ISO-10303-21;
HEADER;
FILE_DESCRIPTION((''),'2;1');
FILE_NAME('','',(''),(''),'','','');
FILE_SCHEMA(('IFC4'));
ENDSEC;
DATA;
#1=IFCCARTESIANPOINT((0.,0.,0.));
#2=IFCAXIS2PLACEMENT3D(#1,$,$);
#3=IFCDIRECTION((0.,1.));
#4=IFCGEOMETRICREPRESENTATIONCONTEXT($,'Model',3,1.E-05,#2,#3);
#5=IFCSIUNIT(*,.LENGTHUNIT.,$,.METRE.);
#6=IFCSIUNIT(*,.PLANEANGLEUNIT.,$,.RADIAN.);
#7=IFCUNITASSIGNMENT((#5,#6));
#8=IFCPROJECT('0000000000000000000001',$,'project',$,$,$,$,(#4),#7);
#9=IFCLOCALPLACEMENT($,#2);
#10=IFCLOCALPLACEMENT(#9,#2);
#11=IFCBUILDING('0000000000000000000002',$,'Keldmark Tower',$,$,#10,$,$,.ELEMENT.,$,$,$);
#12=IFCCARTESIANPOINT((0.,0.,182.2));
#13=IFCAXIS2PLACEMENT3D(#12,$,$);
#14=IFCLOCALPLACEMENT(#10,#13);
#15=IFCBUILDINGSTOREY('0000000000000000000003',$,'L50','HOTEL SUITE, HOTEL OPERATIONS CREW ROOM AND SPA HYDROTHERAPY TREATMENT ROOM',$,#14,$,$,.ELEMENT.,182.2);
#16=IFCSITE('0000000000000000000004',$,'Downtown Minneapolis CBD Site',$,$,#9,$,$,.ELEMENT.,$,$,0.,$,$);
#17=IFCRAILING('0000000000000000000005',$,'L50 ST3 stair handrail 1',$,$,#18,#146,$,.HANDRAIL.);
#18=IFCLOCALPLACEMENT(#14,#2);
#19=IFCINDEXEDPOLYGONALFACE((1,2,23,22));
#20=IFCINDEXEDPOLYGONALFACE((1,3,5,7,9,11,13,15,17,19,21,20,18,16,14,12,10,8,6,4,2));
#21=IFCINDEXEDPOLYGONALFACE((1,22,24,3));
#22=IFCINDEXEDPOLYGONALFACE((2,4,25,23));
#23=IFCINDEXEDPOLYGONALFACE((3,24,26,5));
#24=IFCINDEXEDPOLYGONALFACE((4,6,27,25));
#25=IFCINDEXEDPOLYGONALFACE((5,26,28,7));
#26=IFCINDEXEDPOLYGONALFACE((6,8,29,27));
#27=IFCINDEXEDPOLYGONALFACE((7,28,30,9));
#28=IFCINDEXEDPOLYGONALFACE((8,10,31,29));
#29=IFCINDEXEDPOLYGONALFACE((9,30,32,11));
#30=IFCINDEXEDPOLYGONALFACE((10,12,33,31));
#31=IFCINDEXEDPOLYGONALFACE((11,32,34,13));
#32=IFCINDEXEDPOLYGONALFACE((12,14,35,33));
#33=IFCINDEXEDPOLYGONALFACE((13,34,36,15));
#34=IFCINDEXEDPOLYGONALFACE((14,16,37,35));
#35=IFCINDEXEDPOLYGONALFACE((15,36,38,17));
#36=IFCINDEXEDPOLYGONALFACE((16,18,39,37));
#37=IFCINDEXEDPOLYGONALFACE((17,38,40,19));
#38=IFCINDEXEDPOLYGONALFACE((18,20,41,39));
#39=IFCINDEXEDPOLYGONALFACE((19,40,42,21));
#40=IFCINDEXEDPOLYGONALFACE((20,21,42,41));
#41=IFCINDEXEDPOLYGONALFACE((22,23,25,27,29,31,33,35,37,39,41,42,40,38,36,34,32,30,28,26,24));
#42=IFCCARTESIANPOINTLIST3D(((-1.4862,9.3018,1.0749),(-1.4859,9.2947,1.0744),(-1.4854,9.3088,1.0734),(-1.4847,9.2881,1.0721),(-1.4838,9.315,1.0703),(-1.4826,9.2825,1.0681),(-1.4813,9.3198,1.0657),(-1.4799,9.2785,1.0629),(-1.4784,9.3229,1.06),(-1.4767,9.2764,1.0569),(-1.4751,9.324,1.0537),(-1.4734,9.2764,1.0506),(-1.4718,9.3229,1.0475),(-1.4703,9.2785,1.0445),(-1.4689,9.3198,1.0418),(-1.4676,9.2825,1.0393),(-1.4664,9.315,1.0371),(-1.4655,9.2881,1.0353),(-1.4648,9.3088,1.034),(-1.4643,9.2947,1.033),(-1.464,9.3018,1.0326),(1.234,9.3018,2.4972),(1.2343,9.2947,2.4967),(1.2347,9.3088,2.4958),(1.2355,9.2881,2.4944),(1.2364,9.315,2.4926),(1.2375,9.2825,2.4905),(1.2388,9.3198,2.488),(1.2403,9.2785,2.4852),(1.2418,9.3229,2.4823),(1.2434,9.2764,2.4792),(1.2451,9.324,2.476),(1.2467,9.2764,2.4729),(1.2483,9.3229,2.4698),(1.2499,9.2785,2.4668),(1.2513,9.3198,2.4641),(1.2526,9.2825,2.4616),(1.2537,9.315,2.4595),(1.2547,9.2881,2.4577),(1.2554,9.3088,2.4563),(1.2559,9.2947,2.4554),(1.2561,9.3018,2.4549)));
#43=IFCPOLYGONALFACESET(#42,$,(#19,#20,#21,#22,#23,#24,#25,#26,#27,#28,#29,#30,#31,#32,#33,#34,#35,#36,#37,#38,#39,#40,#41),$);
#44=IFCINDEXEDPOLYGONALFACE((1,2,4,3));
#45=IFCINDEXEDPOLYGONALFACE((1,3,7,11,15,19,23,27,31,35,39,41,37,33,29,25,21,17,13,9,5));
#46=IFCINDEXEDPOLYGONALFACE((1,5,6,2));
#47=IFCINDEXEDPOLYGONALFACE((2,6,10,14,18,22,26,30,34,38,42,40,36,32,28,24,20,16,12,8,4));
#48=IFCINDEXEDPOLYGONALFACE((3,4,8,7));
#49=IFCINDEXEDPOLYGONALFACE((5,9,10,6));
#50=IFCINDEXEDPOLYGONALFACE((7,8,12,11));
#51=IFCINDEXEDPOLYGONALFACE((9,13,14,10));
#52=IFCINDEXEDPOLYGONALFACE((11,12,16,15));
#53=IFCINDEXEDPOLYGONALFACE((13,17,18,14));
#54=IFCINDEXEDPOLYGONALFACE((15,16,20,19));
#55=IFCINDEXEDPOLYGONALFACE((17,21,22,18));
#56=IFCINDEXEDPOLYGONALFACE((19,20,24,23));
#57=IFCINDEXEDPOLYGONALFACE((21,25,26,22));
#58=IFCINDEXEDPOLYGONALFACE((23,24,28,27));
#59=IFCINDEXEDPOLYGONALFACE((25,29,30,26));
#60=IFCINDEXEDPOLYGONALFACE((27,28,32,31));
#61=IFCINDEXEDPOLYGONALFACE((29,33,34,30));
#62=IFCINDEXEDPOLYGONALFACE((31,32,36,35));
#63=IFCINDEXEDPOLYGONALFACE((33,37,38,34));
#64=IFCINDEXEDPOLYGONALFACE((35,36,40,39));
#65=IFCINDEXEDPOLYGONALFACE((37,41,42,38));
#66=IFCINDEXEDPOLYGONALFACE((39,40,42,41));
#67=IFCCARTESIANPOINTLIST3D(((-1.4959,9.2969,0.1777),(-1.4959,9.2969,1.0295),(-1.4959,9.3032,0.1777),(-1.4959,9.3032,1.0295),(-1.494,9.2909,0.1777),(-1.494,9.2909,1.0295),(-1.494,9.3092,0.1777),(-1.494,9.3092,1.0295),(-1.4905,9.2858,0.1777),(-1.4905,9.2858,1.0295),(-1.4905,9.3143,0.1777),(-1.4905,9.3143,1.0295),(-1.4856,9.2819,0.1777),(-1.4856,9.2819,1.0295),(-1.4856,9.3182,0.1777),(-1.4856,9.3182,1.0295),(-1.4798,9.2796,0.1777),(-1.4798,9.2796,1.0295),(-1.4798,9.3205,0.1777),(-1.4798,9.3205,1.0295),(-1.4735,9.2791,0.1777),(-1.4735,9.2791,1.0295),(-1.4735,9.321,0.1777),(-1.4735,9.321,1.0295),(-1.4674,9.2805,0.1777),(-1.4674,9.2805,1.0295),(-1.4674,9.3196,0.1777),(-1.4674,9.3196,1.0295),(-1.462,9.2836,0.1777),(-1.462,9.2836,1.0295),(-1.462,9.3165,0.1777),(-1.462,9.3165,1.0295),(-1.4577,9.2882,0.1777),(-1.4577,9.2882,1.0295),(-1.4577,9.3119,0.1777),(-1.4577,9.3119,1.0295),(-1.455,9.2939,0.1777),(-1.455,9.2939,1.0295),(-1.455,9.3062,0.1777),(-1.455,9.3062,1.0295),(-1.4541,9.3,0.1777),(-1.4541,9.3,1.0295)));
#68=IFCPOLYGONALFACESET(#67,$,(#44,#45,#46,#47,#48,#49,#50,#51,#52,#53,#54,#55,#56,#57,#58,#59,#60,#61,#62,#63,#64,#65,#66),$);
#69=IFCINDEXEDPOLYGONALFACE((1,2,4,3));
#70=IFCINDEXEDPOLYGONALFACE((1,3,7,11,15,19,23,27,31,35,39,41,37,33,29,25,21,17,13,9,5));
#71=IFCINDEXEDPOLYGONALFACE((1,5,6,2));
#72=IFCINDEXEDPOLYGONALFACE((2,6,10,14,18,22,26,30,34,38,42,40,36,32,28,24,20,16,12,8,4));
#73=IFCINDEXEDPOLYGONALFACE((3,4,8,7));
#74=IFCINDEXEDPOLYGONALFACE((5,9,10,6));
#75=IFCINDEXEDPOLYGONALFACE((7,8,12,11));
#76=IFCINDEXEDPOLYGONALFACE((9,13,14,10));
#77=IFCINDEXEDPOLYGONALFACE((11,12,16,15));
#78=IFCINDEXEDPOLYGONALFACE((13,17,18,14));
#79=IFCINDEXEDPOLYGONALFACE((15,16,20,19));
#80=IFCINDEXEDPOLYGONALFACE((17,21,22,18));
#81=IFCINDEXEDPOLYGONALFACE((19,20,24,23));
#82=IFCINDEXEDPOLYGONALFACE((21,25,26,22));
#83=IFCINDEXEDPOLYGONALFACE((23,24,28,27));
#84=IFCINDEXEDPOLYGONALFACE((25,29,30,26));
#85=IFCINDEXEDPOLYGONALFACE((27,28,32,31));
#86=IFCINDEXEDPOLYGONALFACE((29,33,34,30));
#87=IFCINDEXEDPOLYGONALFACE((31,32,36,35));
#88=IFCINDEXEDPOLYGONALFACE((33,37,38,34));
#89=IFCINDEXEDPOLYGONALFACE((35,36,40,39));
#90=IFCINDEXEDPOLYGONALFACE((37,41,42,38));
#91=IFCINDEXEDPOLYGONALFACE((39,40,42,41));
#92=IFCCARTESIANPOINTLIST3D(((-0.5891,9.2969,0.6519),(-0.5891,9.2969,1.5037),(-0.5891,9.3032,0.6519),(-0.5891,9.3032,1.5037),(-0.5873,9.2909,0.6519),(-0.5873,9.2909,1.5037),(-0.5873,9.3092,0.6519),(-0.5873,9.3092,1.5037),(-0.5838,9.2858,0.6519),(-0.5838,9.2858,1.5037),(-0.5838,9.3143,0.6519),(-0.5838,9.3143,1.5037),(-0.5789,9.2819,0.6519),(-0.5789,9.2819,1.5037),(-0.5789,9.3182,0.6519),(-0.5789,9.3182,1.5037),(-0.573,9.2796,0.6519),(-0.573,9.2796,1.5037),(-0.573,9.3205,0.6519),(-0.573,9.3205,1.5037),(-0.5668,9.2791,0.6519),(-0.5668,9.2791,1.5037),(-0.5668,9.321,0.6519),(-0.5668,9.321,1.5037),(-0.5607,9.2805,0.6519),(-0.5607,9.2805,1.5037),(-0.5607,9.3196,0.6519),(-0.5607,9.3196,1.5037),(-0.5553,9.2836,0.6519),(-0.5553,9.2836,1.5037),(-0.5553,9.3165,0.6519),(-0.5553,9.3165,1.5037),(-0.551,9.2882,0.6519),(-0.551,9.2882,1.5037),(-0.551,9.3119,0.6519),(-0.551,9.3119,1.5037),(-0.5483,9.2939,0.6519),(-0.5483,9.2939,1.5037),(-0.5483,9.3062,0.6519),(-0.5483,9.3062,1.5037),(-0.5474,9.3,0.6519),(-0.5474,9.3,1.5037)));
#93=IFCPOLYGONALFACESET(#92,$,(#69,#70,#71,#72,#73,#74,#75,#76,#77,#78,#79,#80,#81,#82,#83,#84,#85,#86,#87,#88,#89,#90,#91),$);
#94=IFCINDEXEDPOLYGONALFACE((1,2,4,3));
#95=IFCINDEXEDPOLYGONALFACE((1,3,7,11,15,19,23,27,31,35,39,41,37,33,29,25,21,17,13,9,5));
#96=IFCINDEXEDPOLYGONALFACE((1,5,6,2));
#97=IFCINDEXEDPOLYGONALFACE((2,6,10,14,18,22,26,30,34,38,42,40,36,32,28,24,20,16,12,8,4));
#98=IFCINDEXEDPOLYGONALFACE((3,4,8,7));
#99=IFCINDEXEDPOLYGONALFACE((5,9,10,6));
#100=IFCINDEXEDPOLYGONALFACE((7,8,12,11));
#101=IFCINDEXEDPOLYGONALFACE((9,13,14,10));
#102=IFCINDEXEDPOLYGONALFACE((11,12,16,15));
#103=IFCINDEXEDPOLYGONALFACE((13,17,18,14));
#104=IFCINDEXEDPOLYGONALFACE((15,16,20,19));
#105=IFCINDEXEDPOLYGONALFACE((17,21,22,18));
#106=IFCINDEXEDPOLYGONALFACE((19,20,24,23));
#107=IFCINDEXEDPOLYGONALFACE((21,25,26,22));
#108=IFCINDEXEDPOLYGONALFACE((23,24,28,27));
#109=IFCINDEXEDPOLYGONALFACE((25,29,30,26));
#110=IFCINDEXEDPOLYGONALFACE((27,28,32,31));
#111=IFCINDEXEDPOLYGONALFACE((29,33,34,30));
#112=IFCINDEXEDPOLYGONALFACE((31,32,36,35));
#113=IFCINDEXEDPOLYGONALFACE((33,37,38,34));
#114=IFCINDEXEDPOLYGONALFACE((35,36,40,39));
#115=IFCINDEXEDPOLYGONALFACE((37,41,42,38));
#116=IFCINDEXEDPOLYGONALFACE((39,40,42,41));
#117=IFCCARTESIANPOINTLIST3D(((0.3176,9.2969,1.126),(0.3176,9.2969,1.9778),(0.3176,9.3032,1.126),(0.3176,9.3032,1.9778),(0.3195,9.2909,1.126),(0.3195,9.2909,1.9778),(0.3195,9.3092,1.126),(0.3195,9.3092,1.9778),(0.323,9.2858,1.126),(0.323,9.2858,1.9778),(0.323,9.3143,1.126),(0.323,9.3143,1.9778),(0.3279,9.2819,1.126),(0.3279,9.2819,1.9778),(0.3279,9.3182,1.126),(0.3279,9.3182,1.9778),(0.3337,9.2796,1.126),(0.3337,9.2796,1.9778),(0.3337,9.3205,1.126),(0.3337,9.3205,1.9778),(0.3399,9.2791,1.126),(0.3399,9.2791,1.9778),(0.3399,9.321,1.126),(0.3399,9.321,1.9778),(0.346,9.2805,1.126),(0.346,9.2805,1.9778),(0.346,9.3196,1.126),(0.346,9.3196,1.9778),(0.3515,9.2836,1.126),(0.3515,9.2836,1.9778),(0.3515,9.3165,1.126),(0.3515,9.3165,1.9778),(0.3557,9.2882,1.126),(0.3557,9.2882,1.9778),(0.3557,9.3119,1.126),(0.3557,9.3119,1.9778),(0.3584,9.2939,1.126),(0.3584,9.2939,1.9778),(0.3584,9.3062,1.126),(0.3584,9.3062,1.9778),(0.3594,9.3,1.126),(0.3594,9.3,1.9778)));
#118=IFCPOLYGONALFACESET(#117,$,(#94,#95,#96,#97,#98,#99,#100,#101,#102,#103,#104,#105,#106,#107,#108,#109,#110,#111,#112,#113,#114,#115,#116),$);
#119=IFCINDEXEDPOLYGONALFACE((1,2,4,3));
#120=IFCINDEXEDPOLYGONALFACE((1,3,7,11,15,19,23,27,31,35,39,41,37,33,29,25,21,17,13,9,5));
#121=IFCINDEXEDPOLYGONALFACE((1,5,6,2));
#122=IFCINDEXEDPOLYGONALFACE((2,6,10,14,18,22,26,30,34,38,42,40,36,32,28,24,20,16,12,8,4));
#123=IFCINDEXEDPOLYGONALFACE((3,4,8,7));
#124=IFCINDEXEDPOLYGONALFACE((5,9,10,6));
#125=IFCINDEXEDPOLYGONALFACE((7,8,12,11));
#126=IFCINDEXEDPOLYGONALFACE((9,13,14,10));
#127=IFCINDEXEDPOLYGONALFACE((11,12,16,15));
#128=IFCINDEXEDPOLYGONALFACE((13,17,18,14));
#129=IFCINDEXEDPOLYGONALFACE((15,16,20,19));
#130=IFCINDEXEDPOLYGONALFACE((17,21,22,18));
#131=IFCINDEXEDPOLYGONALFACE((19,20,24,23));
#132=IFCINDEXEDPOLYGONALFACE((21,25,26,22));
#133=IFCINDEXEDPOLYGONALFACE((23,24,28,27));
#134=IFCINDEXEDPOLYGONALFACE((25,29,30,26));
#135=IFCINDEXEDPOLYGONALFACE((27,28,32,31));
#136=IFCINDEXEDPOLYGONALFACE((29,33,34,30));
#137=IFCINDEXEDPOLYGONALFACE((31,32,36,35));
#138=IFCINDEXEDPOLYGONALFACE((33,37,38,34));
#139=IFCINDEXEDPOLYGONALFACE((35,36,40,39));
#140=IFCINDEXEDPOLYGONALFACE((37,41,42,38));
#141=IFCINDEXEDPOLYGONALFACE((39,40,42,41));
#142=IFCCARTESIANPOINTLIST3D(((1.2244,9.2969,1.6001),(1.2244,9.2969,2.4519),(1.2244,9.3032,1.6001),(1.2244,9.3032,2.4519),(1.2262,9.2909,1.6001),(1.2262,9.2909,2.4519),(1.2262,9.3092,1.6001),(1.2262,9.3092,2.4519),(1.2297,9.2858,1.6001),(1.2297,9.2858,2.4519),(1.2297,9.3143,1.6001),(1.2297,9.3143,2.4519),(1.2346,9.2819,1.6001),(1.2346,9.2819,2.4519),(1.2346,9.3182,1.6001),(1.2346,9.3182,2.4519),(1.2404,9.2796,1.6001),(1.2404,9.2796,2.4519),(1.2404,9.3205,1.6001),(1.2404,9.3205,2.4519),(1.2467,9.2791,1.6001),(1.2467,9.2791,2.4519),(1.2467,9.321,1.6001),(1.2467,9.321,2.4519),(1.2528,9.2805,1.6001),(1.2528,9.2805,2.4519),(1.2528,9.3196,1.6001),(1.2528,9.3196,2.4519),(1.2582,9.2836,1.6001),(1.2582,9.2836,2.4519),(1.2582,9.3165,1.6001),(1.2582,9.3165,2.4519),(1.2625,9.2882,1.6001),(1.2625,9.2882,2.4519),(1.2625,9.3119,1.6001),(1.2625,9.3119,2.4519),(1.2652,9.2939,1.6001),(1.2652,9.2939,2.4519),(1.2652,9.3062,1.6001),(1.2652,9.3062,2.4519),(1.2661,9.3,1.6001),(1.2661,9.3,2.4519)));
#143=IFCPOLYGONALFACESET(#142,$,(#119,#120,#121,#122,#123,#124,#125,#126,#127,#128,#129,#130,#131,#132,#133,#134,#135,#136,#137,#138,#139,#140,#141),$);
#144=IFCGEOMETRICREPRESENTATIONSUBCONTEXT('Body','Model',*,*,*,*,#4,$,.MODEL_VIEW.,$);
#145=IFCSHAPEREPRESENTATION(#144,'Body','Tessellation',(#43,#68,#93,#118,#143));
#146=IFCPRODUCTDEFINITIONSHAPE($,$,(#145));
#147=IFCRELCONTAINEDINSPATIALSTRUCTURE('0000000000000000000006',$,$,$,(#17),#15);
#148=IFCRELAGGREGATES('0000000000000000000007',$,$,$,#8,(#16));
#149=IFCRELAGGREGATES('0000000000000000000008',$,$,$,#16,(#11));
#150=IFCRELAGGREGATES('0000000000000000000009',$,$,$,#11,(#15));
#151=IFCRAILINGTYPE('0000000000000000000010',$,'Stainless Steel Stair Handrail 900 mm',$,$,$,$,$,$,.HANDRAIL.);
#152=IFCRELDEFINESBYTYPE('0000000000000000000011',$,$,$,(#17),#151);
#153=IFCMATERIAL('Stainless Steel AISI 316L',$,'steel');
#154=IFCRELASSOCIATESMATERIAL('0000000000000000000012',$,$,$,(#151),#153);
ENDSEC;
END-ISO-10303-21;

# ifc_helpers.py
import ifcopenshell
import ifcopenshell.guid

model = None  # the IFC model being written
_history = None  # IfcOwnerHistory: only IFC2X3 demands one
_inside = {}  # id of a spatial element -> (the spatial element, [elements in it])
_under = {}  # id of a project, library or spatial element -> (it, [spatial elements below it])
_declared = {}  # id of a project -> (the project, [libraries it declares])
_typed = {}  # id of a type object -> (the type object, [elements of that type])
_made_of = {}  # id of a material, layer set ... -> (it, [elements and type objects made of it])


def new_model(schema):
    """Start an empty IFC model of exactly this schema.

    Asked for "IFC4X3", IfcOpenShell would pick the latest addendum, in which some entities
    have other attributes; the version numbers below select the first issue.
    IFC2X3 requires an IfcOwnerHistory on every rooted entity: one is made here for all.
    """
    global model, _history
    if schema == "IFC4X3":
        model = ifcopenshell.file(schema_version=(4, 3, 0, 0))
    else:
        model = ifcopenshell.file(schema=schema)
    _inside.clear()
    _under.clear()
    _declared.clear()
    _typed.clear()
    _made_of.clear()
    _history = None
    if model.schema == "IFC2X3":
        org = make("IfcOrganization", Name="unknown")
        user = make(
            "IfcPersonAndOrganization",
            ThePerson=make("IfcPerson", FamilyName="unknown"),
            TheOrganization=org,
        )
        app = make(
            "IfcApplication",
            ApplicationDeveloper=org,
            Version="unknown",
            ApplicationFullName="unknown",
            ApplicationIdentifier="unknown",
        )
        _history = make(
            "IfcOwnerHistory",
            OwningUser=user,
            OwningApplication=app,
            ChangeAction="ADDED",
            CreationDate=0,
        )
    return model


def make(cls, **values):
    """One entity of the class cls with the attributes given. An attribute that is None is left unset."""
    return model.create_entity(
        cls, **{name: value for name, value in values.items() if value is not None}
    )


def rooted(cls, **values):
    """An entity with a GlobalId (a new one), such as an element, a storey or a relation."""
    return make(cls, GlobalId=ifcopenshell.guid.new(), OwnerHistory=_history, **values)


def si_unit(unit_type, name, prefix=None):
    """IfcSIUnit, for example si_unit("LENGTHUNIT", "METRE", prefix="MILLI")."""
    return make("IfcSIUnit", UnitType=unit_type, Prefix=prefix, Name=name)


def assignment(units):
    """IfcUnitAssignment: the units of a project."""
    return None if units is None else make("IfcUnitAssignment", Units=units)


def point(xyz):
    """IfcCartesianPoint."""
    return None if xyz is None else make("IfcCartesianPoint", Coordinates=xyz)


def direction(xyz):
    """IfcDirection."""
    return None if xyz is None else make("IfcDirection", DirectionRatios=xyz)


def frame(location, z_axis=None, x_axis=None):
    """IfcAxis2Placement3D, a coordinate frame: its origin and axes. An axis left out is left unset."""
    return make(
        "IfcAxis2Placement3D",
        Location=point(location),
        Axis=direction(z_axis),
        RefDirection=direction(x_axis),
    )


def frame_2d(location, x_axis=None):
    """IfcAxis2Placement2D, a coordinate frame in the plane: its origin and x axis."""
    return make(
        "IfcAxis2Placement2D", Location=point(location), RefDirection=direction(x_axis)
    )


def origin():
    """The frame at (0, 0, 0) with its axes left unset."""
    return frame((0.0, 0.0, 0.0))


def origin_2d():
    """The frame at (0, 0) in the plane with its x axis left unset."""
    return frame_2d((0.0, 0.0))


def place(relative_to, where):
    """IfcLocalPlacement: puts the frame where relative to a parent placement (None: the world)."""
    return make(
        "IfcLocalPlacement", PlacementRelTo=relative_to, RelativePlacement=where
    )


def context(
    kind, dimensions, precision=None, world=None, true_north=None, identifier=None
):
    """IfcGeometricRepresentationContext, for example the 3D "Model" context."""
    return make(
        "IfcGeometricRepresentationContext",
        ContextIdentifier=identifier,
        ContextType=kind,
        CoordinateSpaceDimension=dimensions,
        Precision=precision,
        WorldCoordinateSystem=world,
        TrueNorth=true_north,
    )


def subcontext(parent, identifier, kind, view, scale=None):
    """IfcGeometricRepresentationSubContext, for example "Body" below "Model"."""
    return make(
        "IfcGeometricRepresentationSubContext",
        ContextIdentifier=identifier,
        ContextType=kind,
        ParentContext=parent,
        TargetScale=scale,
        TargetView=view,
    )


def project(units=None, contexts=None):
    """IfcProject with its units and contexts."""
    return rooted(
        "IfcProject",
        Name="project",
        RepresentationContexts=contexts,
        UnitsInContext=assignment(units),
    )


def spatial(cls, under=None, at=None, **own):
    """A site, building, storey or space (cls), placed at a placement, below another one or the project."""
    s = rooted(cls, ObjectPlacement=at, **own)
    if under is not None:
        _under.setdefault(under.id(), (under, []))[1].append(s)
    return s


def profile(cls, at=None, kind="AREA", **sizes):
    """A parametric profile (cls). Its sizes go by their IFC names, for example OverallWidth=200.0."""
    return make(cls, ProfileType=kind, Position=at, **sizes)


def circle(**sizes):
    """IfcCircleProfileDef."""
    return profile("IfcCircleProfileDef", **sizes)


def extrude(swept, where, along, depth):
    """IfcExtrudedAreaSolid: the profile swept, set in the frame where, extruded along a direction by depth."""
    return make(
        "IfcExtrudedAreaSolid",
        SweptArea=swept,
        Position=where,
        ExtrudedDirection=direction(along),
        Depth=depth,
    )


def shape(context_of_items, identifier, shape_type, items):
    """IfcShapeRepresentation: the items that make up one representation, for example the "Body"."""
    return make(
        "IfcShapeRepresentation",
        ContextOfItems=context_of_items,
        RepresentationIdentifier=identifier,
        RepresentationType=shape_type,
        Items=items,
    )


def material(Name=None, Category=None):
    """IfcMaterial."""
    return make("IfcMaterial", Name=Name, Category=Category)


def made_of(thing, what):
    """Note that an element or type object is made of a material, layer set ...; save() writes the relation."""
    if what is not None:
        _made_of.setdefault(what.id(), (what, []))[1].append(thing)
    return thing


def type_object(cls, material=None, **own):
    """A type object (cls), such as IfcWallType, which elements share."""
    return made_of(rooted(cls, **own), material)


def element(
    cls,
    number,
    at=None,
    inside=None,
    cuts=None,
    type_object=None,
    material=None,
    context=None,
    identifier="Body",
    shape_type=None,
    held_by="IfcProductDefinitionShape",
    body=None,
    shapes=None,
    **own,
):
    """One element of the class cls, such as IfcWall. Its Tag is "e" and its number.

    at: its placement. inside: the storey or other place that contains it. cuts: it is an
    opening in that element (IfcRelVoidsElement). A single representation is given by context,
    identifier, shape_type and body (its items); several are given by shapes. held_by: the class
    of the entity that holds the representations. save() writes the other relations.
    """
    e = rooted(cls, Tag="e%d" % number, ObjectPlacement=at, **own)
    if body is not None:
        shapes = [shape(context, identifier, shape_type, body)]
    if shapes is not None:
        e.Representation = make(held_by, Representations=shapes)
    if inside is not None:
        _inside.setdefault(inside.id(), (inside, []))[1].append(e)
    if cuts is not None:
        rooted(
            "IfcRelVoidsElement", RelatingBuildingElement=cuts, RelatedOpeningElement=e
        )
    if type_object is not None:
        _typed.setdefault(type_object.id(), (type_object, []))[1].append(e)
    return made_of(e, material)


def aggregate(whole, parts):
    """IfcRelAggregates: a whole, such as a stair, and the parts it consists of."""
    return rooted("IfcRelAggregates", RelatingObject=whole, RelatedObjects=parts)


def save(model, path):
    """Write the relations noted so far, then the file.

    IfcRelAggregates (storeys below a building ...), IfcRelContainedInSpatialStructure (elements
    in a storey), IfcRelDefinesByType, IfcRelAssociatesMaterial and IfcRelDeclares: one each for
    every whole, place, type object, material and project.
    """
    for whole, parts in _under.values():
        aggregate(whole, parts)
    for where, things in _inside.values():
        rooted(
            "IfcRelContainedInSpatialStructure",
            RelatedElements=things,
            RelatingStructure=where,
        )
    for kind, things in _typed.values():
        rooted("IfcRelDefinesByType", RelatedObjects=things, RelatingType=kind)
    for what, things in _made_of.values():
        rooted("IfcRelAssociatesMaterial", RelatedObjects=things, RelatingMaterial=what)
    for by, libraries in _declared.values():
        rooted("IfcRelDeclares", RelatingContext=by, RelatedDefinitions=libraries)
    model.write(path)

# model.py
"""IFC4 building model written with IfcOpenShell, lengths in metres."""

from ifc_helpers import new_model, si_unit, direction, frame, origin, origin_2d, place, context, subcontext, project, spatial, circle, extrude, material, type_object, element, save


model = new_model("IFC4")

# Units and contexts
model_context = context("Model", 3, precision=1e-05, world=origin(), true_north=direction((0.0, 1.0)))
body_context = subcontext(model_context, "Body", "Model", "MODEL_VIEW")
ifc_project = project(units=[si_unit("LENGTHUNIT", "METRE"), si_unit("PLANEANGLEUNIT", "RADIAN")], contexts=[model_context])

# Site, building, storey
site_placement = place(None, origin())
site = spatial("IfcSite", under=ifc_project, at=site_placement, Name="Downtown Minneapolis CBD Site", CompositionType="ELEMENT", RefElevation=0.0)
building_placement = place(site_placement, origin())
building = spatial("IfcBuilding", under=site, at=building_placement, Name="Keldmark Tower", CompositionType="ELEMENT")
storey_placement = place(building_placement, frame((0.0, 0.0, 182.2)))
storey = spatial("IfcBuildingStorey", under=building, at=storey_placement, Name="L50", Description="HOTEL SUITE, HOTEL OPERATIONS CREW ROOM AND SPA HYDROTHERAPY TREATMENT ROOM", CompositionType="ELEMENT", Elevation=182.2)

# Railing
ifc_material_1 = material(Name="Stainless Steel AISI 316L", Category="steel")
railing_type = type_object("IfcRailingType", Name="Stainless Steel Stair Handrail 900 mm", PredefinedType="HANDRAIL", material=ifc_material_1)
railing_placement = place(storey_placement, frame((-1.4751, 9.3, 0.1777)))
element("IfcRailing", 1, at=railing_placement, inside=storey, type_object=railing_type, Name="L50 ST3 stair handrail 1", PredefinedType="HANDRAIL", context=body_context, shape_type="SweptSolid", body=[
    extrude(circle(Radius=0.0239, at=origin_2d()), frame((0.0, 0.0, 0.876), z_axis=(0.886168, 0.0, 0.463365), x_axis=(0.0, 1.0, 0.0)), (0.0, 0.0, 1.0), 3.0696),
    extrude(circle(Radius=0.021, at=origin_2d()), origin(), (0.0, 0.0, 1.0), 0.8518),
    extrude(circle(Radius=0.021, at=origin_2d()), frame((0.9067, 0.0, 0.4741)), (0.0, 0.0, 1.0), 0.8518),
    extrude(circle(Radius=0.021, at=origin_2d()), frame((1.8135, 0.0, 0.9482)), (0.0, 0.0, 1.0), 0.8518),
    extrude(circle(Radius=0.021, at=origin_2d()), frame((2.7202, 0.0, 1.4224)), (0.0, 0.0, 1.0), 0.8518),
])

save(model, "model.ifc")
